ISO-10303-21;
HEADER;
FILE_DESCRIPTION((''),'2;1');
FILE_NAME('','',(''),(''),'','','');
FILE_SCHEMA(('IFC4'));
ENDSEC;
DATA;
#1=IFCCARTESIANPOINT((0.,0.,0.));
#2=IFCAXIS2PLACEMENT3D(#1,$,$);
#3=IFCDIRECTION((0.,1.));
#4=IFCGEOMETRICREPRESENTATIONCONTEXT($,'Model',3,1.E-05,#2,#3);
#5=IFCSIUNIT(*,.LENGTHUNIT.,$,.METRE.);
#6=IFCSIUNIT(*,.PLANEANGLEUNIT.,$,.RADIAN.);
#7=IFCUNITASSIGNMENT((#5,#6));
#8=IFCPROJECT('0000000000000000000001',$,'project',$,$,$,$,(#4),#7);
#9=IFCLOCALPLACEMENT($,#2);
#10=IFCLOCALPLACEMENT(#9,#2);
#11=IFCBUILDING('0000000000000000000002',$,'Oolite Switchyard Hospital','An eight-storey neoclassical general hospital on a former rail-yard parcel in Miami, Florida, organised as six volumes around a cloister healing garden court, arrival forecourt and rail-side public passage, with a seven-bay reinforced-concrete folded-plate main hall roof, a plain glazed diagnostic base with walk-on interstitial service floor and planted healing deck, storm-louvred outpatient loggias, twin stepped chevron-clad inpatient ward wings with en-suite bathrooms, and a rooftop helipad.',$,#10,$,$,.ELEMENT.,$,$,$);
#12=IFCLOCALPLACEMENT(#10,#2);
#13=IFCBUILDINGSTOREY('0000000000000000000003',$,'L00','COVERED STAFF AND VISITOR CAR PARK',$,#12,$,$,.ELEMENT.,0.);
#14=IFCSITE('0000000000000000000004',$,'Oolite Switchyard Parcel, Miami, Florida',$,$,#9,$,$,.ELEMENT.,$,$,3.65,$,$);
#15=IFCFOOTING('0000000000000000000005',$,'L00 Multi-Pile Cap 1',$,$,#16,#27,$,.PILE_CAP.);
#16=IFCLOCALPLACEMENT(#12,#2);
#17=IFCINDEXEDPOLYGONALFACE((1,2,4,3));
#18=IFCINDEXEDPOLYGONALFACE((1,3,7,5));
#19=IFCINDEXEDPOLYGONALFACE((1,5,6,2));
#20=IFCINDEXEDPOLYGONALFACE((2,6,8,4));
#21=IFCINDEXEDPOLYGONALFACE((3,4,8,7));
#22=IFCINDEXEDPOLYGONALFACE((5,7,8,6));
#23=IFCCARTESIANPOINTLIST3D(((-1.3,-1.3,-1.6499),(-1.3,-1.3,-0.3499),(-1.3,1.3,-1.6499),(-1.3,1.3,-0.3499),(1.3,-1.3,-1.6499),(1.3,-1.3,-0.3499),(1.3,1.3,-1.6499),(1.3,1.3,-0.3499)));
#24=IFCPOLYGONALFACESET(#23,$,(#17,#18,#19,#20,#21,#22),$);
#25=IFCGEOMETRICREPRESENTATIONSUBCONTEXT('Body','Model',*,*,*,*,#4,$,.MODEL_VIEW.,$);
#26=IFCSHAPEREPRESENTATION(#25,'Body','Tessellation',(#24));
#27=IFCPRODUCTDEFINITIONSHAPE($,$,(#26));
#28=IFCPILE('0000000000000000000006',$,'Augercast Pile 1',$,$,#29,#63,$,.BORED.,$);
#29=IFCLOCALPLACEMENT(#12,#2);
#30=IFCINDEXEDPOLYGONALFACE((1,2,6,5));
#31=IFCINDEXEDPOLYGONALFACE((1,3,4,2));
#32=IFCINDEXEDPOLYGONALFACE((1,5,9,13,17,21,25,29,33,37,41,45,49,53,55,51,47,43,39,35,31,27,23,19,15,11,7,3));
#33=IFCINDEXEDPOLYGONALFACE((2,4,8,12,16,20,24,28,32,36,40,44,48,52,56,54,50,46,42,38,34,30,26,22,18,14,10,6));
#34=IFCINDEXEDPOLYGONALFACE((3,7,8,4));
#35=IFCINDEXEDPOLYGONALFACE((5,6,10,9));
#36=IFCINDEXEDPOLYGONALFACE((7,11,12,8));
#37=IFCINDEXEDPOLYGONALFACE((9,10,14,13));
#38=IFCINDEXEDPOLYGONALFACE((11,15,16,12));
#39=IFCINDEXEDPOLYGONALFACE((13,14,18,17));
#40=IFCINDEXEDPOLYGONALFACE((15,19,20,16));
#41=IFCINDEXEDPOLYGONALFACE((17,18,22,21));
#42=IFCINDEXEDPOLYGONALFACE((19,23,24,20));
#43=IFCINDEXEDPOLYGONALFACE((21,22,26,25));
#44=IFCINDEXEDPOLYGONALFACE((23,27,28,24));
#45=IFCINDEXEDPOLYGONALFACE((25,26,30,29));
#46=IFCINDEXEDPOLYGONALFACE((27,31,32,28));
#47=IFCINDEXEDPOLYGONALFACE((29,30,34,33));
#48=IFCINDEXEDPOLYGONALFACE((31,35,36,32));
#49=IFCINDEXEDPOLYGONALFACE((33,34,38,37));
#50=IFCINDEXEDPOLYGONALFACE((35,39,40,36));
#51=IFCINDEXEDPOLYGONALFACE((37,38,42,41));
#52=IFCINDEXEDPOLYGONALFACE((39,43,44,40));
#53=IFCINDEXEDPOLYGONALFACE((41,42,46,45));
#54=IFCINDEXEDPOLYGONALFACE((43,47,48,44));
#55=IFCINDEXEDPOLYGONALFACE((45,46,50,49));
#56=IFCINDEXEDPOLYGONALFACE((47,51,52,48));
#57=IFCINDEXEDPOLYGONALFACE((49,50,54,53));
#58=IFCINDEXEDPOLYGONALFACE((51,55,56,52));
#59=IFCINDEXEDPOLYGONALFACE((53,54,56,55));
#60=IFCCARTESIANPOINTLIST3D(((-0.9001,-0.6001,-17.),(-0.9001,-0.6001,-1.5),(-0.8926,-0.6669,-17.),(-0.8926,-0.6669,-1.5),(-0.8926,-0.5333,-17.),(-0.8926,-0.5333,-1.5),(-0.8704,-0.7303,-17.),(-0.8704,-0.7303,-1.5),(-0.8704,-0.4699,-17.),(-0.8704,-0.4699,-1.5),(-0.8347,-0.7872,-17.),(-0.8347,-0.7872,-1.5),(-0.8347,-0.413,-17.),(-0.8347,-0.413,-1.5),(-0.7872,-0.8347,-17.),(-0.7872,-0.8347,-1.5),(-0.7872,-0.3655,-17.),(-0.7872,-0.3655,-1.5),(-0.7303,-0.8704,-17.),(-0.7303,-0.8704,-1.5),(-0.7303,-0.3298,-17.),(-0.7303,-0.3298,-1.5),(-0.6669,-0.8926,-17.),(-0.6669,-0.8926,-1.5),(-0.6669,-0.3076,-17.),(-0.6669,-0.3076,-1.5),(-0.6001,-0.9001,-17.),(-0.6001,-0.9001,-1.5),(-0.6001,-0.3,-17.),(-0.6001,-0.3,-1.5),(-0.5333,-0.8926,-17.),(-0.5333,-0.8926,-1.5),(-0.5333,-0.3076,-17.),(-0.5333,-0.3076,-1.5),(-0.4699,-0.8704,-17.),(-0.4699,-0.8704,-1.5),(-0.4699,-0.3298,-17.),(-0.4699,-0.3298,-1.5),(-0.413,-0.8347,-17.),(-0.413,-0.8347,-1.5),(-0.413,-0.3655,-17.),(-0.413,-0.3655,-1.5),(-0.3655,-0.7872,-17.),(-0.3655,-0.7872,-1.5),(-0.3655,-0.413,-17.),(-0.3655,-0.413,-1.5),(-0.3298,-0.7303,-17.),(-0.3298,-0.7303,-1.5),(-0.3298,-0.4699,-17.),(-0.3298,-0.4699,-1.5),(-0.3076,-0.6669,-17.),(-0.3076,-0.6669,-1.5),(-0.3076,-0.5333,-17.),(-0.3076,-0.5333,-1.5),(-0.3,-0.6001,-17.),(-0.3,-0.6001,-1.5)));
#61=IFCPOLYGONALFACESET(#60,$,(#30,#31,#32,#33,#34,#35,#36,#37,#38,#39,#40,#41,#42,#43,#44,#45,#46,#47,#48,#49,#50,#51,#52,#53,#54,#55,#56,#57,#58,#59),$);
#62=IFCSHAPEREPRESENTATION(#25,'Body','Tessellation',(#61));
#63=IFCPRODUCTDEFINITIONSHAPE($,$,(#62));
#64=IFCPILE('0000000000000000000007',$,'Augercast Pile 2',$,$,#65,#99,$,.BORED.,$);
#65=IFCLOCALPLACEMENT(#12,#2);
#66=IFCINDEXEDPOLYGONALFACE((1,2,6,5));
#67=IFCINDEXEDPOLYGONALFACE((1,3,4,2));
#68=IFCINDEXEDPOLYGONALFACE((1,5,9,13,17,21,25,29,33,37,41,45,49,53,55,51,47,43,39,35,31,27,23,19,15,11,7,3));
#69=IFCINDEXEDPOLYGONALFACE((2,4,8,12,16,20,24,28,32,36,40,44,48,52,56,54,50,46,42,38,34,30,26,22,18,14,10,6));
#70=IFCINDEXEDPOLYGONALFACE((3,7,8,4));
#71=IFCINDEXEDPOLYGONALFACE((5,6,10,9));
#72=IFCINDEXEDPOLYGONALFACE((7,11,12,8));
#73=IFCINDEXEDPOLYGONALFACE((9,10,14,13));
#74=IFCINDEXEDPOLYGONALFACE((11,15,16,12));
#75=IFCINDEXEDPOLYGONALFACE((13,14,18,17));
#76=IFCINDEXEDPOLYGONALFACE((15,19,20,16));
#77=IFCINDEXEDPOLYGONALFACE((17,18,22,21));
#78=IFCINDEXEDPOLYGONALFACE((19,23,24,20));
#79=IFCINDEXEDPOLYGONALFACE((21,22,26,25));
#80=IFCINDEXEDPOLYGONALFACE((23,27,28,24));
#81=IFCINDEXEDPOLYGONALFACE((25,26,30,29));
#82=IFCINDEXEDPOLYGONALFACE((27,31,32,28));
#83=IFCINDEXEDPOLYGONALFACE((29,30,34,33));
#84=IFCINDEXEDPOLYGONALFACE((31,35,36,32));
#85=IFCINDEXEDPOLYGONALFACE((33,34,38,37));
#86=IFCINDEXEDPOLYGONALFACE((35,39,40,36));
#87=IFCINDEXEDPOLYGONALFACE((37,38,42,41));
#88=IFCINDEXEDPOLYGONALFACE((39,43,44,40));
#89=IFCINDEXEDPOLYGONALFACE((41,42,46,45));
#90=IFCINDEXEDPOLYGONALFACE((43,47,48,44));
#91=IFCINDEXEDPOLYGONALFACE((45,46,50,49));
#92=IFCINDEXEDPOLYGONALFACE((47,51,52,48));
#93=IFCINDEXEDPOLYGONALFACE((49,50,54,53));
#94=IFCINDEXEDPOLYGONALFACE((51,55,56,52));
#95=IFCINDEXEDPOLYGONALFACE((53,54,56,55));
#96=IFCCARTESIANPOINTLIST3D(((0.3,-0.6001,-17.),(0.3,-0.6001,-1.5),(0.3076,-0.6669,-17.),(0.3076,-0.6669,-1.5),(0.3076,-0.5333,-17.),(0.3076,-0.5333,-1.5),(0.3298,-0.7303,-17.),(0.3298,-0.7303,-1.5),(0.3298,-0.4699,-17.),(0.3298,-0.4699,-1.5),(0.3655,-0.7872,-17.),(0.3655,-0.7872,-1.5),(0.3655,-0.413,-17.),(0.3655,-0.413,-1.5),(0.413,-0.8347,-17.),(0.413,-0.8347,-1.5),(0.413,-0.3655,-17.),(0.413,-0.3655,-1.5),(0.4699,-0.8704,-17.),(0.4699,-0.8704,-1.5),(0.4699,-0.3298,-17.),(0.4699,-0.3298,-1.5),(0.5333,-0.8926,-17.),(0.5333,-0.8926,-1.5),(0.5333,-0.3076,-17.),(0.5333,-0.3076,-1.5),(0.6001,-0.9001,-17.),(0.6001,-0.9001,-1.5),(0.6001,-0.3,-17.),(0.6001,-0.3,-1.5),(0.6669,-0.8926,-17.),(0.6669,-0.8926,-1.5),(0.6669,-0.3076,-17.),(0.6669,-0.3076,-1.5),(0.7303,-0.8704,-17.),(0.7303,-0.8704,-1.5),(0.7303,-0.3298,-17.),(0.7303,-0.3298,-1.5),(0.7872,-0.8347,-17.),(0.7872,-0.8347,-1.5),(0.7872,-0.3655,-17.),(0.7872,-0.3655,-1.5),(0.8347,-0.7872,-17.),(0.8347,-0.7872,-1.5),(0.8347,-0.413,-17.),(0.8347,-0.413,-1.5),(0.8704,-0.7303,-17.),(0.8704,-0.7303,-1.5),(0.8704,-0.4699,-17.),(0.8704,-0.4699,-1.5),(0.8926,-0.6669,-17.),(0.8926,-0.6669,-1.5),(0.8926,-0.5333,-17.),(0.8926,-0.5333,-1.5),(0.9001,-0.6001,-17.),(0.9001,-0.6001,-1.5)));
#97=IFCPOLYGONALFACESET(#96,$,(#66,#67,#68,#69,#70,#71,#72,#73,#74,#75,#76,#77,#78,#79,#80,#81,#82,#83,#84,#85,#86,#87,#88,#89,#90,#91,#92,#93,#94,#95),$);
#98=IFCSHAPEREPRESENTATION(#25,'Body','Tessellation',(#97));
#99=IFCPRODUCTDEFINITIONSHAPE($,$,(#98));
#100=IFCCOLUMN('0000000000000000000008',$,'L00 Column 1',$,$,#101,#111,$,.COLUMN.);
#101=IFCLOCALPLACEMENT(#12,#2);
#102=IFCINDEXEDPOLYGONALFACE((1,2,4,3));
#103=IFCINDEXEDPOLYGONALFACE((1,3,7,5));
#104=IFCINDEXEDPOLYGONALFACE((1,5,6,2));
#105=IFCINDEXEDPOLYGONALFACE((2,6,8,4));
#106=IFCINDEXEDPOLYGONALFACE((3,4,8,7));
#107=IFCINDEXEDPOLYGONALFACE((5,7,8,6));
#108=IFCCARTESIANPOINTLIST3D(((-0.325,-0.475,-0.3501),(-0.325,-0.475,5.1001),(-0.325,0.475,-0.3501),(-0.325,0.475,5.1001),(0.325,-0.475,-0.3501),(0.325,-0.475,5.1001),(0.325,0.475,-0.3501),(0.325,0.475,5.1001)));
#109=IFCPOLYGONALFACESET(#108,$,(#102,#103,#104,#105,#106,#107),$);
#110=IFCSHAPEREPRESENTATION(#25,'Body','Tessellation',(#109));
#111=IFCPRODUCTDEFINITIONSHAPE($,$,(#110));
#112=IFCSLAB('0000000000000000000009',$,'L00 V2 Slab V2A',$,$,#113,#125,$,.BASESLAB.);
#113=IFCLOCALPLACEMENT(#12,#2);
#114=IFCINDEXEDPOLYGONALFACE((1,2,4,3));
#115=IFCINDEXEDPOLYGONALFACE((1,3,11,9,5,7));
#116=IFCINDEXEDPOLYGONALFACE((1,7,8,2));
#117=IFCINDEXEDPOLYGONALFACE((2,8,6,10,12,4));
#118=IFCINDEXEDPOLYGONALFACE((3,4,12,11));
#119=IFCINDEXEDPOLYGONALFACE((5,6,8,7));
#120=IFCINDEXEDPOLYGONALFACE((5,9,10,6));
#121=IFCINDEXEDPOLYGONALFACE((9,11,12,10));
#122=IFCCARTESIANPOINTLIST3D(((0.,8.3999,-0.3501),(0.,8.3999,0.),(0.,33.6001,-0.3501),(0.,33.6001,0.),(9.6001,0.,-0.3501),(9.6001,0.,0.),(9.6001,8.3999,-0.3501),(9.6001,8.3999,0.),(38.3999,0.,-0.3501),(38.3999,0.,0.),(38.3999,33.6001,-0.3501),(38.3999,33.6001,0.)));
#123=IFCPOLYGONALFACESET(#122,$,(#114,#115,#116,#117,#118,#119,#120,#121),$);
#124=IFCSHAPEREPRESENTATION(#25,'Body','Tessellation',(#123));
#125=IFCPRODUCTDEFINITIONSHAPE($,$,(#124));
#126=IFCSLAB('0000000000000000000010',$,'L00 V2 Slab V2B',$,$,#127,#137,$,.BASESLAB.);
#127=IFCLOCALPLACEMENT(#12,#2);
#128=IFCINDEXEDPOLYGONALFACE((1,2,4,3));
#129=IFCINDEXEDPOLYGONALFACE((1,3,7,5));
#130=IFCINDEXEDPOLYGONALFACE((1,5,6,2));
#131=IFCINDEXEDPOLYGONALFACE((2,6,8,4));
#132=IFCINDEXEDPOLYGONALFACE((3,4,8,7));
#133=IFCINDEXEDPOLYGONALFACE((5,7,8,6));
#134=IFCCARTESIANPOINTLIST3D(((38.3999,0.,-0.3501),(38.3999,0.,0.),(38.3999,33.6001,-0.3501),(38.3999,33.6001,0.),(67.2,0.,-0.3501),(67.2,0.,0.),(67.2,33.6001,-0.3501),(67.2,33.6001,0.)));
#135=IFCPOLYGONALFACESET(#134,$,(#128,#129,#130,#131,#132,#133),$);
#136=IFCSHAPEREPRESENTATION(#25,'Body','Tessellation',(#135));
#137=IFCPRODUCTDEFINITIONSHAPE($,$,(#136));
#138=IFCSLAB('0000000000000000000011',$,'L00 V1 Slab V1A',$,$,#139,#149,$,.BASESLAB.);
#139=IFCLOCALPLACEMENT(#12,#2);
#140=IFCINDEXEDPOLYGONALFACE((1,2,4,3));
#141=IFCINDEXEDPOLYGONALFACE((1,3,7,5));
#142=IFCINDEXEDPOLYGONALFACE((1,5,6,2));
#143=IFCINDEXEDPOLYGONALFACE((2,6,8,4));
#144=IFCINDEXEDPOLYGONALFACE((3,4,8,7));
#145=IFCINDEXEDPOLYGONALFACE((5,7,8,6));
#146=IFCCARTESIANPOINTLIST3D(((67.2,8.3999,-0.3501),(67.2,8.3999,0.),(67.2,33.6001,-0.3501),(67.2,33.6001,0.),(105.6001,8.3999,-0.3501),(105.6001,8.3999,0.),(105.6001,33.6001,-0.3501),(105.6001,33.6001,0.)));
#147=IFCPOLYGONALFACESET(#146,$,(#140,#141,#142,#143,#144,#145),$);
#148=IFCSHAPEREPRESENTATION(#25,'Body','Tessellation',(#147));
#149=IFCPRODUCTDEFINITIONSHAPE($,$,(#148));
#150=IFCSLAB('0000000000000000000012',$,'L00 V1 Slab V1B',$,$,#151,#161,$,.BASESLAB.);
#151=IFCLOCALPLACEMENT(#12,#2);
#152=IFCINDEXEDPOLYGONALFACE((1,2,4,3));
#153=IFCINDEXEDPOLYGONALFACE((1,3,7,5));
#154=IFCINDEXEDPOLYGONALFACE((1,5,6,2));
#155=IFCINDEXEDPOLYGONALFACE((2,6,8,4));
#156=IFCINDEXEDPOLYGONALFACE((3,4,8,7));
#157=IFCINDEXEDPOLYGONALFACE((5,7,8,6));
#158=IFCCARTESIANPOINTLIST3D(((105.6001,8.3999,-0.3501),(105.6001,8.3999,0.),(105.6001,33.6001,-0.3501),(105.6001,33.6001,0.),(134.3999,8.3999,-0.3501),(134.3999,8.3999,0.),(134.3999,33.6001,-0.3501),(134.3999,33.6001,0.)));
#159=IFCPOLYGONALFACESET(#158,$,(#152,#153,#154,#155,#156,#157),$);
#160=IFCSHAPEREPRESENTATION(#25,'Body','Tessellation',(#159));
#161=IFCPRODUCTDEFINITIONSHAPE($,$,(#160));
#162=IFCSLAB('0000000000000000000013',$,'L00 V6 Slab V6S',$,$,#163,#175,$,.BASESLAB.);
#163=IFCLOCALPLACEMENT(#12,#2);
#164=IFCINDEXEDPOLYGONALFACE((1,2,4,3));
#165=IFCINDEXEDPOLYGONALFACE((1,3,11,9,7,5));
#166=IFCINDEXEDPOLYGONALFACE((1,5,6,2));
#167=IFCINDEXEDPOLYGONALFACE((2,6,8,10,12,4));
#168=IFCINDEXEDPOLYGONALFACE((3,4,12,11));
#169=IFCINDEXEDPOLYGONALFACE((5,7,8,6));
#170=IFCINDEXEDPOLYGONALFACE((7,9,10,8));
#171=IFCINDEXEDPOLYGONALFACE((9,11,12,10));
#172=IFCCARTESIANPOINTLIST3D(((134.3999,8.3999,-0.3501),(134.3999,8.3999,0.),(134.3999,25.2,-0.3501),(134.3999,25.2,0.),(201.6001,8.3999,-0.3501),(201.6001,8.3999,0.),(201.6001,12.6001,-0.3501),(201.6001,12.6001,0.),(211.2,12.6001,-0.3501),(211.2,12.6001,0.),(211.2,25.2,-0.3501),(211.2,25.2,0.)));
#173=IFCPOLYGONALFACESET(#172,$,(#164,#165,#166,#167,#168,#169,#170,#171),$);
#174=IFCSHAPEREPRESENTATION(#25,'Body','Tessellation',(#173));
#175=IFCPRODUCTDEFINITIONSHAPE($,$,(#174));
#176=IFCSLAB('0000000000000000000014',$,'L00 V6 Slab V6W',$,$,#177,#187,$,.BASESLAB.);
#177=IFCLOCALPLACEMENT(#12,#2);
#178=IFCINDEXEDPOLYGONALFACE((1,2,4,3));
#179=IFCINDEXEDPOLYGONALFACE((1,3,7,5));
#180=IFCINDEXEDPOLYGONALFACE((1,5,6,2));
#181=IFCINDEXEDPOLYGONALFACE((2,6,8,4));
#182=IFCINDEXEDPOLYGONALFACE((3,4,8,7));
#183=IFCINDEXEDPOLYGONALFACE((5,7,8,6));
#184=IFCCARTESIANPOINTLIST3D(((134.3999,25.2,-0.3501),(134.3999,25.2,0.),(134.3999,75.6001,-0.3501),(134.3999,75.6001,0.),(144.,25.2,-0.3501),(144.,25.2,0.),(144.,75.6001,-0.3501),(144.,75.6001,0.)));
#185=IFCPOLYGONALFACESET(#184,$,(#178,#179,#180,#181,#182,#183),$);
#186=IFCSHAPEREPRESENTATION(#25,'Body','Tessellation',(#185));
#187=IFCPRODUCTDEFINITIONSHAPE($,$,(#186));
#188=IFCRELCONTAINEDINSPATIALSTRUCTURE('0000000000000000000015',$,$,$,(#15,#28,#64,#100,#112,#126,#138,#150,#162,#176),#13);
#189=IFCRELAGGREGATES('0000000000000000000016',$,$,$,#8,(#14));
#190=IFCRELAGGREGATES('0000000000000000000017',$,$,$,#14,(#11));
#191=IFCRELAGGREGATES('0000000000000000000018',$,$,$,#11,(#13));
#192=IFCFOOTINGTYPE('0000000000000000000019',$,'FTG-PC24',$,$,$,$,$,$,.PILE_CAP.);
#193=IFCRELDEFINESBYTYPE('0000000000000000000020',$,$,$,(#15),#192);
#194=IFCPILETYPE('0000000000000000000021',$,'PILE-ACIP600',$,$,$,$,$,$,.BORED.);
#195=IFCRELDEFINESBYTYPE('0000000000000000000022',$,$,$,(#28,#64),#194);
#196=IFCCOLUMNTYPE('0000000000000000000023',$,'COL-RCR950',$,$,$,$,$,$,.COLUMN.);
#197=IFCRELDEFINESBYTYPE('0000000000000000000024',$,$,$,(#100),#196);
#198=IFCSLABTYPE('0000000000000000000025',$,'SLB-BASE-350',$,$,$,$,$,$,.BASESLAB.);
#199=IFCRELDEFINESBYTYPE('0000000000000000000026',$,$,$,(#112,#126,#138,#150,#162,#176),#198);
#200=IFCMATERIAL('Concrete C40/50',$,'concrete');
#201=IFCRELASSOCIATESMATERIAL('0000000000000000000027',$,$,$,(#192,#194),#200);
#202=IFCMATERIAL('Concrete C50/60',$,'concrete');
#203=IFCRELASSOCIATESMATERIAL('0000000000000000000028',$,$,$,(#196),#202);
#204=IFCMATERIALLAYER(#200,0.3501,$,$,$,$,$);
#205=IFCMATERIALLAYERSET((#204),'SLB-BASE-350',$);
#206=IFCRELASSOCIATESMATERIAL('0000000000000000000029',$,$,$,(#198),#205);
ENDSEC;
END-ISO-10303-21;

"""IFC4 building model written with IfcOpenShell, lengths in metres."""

from ifc_helpers import new_model, si_unit, direction, frame, origin, origin_2d, place, context, subcontext, project, spatial, polyline, rectangle, circle, outline, extrude, material, layer, layer_set, material_profile, profile_set, type_object, element, save


model = new_model("IFC4")

# Units and contexts
model_context = context("Model", 3, precision=1e-05, world=origin(), true_north=direction((0.0, 1.0)))
body_context = subcontext(model_context, "Body", "Model", "MODEL_VIEW")
ifc_project = project(units=[si_unit("LENGTHUNIT", "METRE"), si_unit("PLANEANGLEUNIT", "RADIAN")], contexts=[model_context])

# Site, building, storey
site_placement = place(None, origin())
site = spatial("IfcSite", under=ifc_project, at=site_placement, Name="Oolite Switchyard Parcel, Miami, Florida", CompositionType="ELEMENT", RefElevation=3.65)
building_placement = place(site_placement, origin())
building = spatial("IfcBuilding", under=site, at=building_placement, Name="Oolite Switchyard Hospital", Description="An eight-storey neoclassical general hospital on a former rail-yard parcel in Miami, Florida, organised as six volumes around a cloister healing garden court, arrival forecourt and rail-side public passage, with a seven-bay reinforced-concrete folded-plate main hall roof, a plain glazed diagnostic base with walk-on interstitial service floor and planted healing deck, storm-louvred outpatient loggias, twin stepped chevron-clad inpatient ward wings with en-suite bathrooms, and a rooftop helipad.", CompositionType="ELEMENT")
storey_placement = place(building_placement, origin())
storey = spatial("IfcBuildingStorey", under=building, at=storey_placement, Name="L00", Description="COVERED STAFF AND VISITOR CAR PARK", CompositionType="ELEMENT", Elevation=0.0)

# Footing
ifc_material_1 = material(Name="Concrete C40/50", Category="concrete")
footing_type = type_object("IfcFootingType", Name="FTG-PC24", PredefinedType="PILE_CAP", material=ifc_material_1)
footing_placement = place(storey_placement, frame((0.0, 0.0, -1.6499), z_axis=(0.0, 0.0, 1.0), x_axis=(1.0, 0.0, 0.0)))
element("IfcFooting", 1, at=footing_placement, inside=storey, type_object=footing_type, Name="L00 Multi-Pile Cap 1", PredefinedType="PILE_CAP", context=body_context, shape_type="SweptSolid", body=[
    extrude(rectangle(XDim=2.6001, YDim=2.6001, at=origin_2d()), origin(), (0.0, 0.0, 1.0), 1.3),
])

# Piles
ifc_material_profile_1 = material_profile(ifc_material_1, circle(Radius=0.3, at=origin_2d()), Name="PILE600")
ifc_profile_set_1 = profile_set([ifc_material_profile_1], Name="Concrete C40/50")
pile_type = type_object("IfcPileType", Name="PILE-ACIP600", PredefinedType="BORED", material=ifc_profile_set_1)
for number, where, z_axis, x_axis, name in (
    (2, (-0.6001, -0.6001, -1.5), (0.0, 0.0, -1.0), (1.0, 0.0, 0.0), "Augercast Pile 1"),
    (3, (0.6001, -0.6001, -1.5), (0.0, 0.0, -1.0), (1.0, 0.0, 0.0), "Augercast Pile 2"),
):
    element("IfcPile", number, at=place(storey_placement, frame(where, z_axis=z_axis, x_axis=x_axis)), inside=storey, type_object=pile_type, Name=name, PredefinedType="BORED", context=body_context, shape_type="SweptSolid", body=[
        extrude(circle(Radius=0.3, at=origin_2d()), origin(), (0.0, 0.0, 1.0), 15.5),
    ])

# Column
ifc_material_2 = material(Name="Concrete C50/60", Category="concrete")
ifc_material_profile_2 = material_profile(ifc_material_2, rectangle(XDim=0.95, YDim=0.6499, at=origin_2d()), Name="RC950X650")
ifc_profile_set_2 = profile_set([ifc_material_profile_2], Name="Concrete C50/60")
column_type = type_object("IfcColumnType", Name="COL-RCR950", PredefinedType="COLUMN", material=ifc_profile_set_2)
column_placement = place(storey_placement, frame((0.0, 0.0, -0.3501), z_axis=(0.0, 0.0, 1.0), x_axis=(0.0, 1.0, 0.0)))
element("IfcColumn", 4, at=column_placement, inside=storey, type_object=column_type, Name="L00 Column 1", PredefinedType="COLUMN", context=body_context, shape_type="SweptSolid", body=[
    extrude(rectangle(XDim=0.95, YDim=0.6499, at=origin_2d()), origin(), (0.0, 0.0, 1.0), 5.4502),
])

# Slabs
ifc_layer_1 = layer(ifc_material_1, 0.3501)
ifc_layer_set_1 = layer_set([ifc_layer_1], Name="SLB-BASE-350")
slab_type_1 = type_object("IfcSlabType", Name="SLB-BASE-350", PredefinedType="BASESLAB", material=ifc_layer_set_1)
slab_1_placement = place(storey_placement, frame((0.0, 0.0, -0.3501)))
element("IfcSlab", 5, at=slab_1_placement, inside=storey, type_object=slab_type_1, Name="L00 V2 Slab V2A", PredefinedType="BASESLAB", context=body_context, shape_type="SweptSolid", body=[
    extrude(outline(polyline([(9.6001, 0.0), (38.3999, 0.0), (38.3999, 33.6001), (0.0, 33.6001), (0.0, 8.3999), (9.6001, 8.3999), (9.6001, 0.0)])), origin(), (0.0, 0.0, 1.0), 0.3501),
])
slab_2_placement = place(storey_placement, frame((0.0, 0.0, -0.3501)))
element("IfcSlab", 6, at=slab_2_placement, inside=storey, type_object=slab_type_1, Name="L00 V2 Slab V2B", PredefinedType="BASESLAB", context=body_context, shape_type="SweptSolid", body=[
    extrude(outline(polyline([(38.3999, 0.0), (67.2, 0.0), (67.2, 33.6001), (38.3999, 33.6001), (38.3999, 0.0)])), origin(), (0.0, 0.0, 1.0), 0.3501),
])
slab_3_placement = place(storey_placement, frame((0.0, 0.0, -0.3501)))
element("IfcSlab", 7, at=slab_3_placement, inside=storey, type_object=slab_type_1, Name="L00 V1 Slab V1A", PredefinedType="BASESLAB", context=body_context, shape_type="SweptSolid", body=[
    extrude(outline(polyline([(67.2, 8.3999), (105.6001, 8.3999), (105.6001, 33.6001), (67.2, 33.6001), (67.2, 8.3999)])), origin(), (0.0, 0.0, 1.0), 0.3501),
])
slab_4_placement = place(storey_placement, frame((0.0, 0.0, -0.3501)))
element("IfcSlab", 8, at=slab_4_placement, inside=storey, type_object=slab_type_1, Name="L00 V1 Slab V1B", PredefinedType="BASESLAB", context=body_context, shape_type="SweptSolid", body=[
    extrude(outline(polyline([(105.6001, 8.3999), (134.3999, 8.3999), (134.3999, 33.6001), (105.6001, 33.6001), (105.6001, 8.3999)])), origin(), (0.0, 0.0, 1.0), 0.3501),
])
slab_5_placement = place(storey_placement, frame((0.0, 0.0, -0.3501)))
element("IfcSlab", 9, at=slab_5_placement, inside=storey, type_object=slab_type_1, Name="L00 V6 Slab V6S", PredefinedType="BASESLAB", context=body_context, shape_type="SweptSolid", body=[
    extrude(outline(polyline([(134.3999, 8.3999), (201.6001, 8.3999), (201.6001, 12.6001), (211.2, 12.6001), (211.2, 25.2), (134.3999, 25.2), (134.3999, 8.3999)])), origin(), (0.0, 0.0, 1.0), 0.3501),
])
slab_6_placement = place(storey_placement, frame((0.0, 0.0, -0.3501)))
element("IfcSlab", 10, at=slab_6_placement, inside=storey, type_object=slab_type_1, Name="L00 V6 Slab V6W", PredefinedType="BASESLAB", context=body_context, shape_type="SweptSolid", body=[
    extrude(outline(polyline([(134.3999, 25.2), (144.0, 25.2), (144.0, 75.6001), (134.3999, 75.6001), (134.3999, 25.2)])), origin(), (0.0, 0.0, 1.0), 0.3501),
])

save(model, "model.ifc")
